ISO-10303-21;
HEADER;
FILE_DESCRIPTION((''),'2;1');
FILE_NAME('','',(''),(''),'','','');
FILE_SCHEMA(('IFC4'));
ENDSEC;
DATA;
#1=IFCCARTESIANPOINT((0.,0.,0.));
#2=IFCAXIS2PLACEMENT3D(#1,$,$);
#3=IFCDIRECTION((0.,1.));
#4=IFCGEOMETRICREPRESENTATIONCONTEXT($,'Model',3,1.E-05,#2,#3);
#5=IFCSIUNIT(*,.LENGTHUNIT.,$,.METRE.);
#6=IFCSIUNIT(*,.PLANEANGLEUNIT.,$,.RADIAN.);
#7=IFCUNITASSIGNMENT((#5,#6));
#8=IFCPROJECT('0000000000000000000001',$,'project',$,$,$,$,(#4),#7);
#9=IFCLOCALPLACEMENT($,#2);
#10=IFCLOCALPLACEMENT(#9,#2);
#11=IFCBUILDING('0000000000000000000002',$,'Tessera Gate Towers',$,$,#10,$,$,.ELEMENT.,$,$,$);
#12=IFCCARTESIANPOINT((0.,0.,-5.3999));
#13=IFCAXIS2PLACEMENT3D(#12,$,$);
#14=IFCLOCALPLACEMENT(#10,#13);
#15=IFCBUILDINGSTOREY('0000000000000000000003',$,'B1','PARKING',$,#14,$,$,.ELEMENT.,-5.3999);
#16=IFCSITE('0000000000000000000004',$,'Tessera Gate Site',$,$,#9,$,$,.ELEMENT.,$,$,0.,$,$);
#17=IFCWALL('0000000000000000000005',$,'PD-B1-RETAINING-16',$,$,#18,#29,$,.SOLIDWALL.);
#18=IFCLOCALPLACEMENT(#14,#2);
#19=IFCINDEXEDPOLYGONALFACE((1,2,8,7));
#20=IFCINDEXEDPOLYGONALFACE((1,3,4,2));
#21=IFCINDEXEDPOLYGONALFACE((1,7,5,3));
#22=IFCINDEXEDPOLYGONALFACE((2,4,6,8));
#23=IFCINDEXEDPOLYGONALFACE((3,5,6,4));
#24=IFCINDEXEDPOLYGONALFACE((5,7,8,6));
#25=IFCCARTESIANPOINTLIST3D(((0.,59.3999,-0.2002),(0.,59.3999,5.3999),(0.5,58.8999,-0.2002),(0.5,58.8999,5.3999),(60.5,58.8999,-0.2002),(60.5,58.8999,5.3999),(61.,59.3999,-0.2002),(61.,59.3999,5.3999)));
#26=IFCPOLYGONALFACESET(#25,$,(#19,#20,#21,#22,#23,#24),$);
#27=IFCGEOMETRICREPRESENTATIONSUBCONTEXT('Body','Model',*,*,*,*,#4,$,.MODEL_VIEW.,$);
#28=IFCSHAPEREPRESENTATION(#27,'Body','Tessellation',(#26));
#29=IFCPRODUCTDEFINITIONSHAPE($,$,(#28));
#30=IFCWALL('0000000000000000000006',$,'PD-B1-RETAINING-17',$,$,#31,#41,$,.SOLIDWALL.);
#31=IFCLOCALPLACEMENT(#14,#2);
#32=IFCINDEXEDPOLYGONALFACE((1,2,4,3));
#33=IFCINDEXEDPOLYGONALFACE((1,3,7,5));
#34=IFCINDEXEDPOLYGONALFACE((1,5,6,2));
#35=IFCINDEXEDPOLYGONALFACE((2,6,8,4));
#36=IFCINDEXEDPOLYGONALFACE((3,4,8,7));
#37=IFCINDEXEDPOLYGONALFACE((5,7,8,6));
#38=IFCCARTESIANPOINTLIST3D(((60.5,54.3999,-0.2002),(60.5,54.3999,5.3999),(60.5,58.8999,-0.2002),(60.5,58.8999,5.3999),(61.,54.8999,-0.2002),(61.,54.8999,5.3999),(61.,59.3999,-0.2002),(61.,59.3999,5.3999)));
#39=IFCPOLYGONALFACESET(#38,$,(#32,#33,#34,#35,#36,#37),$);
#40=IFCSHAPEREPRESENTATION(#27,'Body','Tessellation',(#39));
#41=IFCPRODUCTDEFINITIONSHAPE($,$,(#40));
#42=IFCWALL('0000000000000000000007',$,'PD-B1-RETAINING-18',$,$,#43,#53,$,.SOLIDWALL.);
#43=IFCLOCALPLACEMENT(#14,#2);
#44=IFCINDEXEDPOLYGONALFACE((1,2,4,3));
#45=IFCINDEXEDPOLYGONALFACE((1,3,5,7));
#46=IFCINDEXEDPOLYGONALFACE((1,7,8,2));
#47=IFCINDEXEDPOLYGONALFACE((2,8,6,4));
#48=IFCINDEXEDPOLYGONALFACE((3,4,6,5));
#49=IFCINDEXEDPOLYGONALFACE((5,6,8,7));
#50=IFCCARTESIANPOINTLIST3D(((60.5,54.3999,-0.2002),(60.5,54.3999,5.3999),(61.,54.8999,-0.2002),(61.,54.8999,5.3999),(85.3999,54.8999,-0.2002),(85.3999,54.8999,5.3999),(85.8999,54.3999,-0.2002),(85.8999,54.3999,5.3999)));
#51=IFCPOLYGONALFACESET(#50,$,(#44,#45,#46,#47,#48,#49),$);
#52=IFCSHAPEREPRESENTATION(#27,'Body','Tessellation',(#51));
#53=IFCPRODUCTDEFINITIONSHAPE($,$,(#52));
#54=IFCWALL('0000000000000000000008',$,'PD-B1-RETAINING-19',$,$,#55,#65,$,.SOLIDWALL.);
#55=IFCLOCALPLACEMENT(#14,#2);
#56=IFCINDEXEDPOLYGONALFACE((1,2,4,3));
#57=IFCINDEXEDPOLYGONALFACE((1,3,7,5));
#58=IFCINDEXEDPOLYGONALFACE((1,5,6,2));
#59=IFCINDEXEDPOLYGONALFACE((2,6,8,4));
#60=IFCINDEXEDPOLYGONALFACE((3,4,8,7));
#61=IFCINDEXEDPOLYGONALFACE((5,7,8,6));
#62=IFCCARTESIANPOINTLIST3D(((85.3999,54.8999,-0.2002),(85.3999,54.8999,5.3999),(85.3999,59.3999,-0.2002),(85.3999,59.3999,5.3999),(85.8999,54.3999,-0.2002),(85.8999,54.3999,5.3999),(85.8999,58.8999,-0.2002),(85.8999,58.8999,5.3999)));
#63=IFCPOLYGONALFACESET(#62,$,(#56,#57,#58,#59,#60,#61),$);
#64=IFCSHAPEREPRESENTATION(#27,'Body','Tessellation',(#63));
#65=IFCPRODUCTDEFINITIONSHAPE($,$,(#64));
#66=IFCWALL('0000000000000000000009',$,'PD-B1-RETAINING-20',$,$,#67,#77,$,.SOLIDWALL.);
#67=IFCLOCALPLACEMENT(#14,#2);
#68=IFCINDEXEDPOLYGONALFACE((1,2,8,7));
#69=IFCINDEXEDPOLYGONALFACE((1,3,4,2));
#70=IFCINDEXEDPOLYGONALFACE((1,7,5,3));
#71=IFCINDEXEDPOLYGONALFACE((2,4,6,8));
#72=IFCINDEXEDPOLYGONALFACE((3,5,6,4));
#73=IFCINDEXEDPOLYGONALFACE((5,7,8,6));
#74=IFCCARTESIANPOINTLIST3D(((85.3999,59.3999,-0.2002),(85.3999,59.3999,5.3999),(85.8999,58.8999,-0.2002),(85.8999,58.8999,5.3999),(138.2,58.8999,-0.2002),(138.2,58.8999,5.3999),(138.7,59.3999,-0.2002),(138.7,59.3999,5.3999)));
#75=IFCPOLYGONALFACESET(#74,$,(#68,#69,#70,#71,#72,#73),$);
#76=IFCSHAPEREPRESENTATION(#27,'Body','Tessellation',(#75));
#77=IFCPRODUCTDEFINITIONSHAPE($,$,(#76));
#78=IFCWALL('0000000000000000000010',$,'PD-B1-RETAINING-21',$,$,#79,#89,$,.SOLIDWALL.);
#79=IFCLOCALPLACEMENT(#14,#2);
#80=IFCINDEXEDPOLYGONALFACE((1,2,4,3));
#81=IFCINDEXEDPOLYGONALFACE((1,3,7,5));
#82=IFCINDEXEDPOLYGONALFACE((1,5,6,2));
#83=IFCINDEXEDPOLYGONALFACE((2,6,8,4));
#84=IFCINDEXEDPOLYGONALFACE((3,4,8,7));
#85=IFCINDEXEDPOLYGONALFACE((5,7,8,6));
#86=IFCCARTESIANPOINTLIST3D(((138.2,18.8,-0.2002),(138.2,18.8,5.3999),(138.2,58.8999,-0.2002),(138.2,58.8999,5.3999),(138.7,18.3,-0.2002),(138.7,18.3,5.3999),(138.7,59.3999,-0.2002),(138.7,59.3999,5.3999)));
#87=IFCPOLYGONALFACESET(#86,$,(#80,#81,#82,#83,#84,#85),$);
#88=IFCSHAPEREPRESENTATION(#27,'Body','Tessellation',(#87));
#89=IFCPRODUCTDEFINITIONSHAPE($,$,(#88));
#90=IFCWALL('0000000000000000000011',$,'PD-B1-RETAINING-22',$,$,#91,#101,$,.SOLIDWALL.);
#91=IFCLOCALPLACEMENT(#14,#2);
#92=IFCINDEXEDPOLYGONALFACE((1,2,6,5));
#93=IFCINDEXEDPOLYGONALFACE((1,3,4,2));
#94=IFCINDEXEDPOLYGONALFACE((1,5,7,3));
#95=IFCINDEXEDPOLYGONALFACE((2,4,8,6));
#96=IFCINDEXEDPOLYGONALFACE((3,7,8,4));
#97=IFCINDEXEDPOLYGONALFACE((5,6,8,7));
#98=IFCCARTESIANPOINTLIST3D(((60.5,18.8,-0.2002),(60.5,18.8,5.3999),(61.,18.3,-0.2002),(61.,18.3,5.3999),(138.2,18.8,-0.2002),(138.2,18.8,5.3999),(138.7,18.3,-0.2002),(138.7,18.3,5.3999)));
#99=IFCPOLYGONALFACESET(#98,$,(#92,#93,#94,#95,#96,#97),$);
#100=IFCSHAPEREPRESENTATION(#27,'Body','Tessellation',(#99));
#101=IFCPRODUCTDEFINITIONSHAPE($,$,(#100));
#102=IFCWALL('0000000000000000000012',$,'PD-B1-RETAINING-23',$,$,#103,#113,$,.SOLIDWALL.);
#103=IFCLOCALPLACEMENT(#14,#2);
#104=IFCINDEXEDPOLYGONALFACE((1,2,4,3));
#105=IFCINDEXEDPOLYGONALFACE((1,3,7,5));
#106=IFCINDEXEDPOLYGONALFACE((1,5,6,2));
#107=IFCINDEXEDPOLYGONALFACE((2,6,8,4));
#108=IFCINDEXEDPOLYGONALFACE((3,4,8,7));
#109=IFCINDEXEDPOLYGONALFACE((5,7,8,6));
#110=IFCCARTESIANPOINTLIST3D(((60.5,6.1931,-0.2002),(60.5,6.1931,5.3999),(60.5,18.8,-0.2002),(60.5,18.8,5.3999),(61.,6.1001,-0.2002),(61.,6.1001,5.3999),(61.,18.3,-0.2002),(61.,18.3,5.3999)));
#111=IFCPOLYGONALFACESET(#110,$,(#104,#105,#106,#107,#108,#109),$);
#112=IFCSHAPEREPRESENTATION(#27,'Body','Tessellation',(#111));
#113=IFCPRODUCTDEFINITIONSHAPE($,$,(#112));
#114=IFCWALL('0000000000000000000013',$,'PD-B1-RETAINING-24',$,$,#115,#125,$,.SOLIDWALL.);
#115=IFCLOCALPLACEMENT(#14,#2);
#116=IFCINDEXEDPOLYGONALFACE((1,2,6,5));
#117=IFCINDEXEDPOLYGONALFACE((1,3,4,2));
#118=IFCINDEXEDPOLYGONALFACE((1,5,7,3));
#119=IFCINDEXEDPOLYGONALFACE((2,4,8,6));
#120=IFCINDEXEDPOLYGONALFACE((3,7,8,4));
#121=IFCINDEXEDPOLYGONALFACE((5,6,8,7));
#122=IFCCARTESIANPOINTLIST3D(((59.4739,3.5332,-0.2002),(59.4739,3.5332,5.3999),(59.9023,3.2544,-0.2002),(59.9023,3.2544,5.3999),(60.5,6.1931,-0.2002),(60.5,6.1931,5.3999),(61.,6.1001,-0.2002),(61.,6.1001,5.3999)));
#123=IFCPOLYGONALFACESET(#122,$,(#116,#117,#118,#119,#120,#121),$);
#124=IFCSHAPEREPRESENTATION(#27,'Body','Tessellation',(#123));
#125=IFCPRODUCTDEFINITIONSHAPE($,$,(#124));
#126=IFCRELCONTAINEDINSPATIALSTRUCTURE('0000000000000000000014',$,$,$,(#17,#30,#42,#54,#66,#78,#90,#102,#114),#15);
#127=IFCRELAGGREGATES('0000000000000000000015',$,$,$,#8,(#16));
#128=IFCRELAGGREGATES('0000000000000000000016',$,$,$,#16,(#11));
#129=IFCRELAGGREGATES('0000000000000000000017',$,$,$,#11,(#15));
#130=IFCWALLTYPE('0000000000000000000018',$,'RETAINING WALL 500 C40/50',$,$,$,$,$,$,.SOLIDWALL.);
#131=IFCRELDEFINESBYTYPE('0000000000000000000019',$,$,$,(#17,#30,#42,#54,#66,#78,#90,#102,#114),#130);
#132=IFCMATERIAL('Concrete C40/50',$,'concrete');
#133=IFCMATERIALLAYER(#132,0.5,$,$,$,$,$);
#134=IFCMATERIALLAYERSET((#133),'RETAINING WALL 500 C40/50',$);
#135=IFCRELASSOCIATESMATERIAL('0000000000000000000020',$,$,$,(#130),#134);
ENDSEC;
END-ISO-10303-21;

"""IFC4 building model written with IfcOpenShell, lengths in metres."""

from ifc_helpers import new_model, si_unit, direction, frame, origin, place, context, subcontext, project, spatial, polyline, outline, extrude, material, layer, layer_set, type_object, element, save


model = new_model("IFC4")

# Units and contexts
model_context = context("Model", 3, precision=1e-05, world=origin(), true_north=direction((0.0, 1.0)))
body_context = subcontext(model_context, "Body", "Model", "MODEL_VIEW")
ifc_project = project(units=[si_unit("LENGTHUNIT", "METRE"), si_unit("PLANEANGLEUNIT", "RADIAN")], contexts=[model_context])

# Site, building, storey
site_placement = place(None, origin())
site = spatial("IfcSite", under=ifc_project, at=site_placement, Name="Tessera Gate Site", CompositionType="ELEMENT", RefElevation=0.0)
building_placement = place(site_placement, origin())
building = spatial("IfcBuilding", under=site, at=building_placement, Name="Tessera Gate Towers", CompositionType="ELEMENT")
storey_placement = place(building_placement, frame((0.0, 0.0, -5.3999)))
storey = spatial("IfcBuildingStorey", under=building, at=storey_placement, Name="B1", Description="PARKING", CompositionType="ELEMENT", Elevation=-5.3999)

# Walls
ifc_material_1 = material(Name="Concrete C40/50", Category="concrete")
ifc_layer_1 = layer(ifc_material_1, 0.5)
ifc_layer_set_1 = layer_set([ifc_layer_1], Name="RETAINING WALL 500 C40/50")
wall_type = type_object("IfcWallType", Name="RETAINING WALL 500 C40/50", PredefinedType="SOLIDWALL", material=ifc_layer_set_1)
wall_1_placement = place(storey_placement, frame((0.0, 0.0, -0.2002)))
element("IfcWall", 1, at=wall_1_placement, inside=storey, type_object=wall_type, Name="PD-B1-RETAINING-16", PredefinedType="SOLIDWALL", context=body_context, shape_type="SweptSolid", body=[
    extrude(outline(polyline([(0.0, 59.3999), (0.5, 58.8999), (60.5, 58.8999), (61.0, 59.3999), (0.0, 59.3999)])), origin(), (0.0, 0.0, 1.0), 5.6001),
])
wall_2_placement = place(storey_placement, frame((0.0, 0.0, -0.2002)))
element("IfcWall", 2, at=wall_2_placement, inside=storey, type_object=wall_type, Name="PD-B1-RETAINING-17", PredefinedType="SOLIDWALL", context=body_context, shape_type="SweptSolid", body=[
    extrude(outline(polyline([(60.5, 54.3999), (61.0, 54.8999), (61.0, 59.3999), (60.5, 58.8999), (60.5, 54.3999)])), origin(), (0.0, 0.0, 1.0), 5.6001),
])
wall_3_placement = place(storey_placement, frame((0.0, 0.0, -0.2002)))
element("IfcWall", 3, at=wall_3_placement, inside=storey, type_object=wall_type, Name="PD-B1-RETAINING-18", PredefinedType="SOLIDWALL", context=body_context, shape_type="SweptSolid", body=[
    extrude(outline(polyline([(60.5, 54.3999), (85.8999, 54.3999), (85.3999, 54.8999), (61.0, 54.8999), (60.5, 54.3999)])), origin(), (0.0, 0.0, 1.0), 5.6001),
])
wall_4_placement = place(storey_placement, frame((0.0, 0.0, -0.2002)))
element("IfcWall", 4, at=wall_4_placement, inside=storey, type_object=wall_type, Name="PD-B1-RETAINING-19", PredefinedType="SOLIDWALL", context=body_context, shape_type="SweptSolid", body=[
    extrude(outline(polyline([(85.3999, 54.8999), (85.8999, 54.3999), (85.8999, 58.8999), (85.3999, 59.3999), (85.3999, 54.8999)])), origin(), (0.0, 0.0, 1.0), 5.6001),
])
wall_5_placement = place(storey_placement, frame((0.0, 0.0, -0.2002)))
element("IfcWall", 5, at=wall_5_placement, inside=storey, type_object=wall_type, Name="PD-B1-RETAINING-20", PredefinedType="SOLIDWALL", context=body_context, shape_type="SweptSolid", body=[
    extrude(outline(polyline([(85.3999, 59.3999), (85.8999, 58.8999), (138.2, 58.8999), (138.7, 59.3999), (85.3999, 59.3999)])), origin(), (0.0, 0.0, 1.0), 5.6001),
])
wall_6_placement = place(storey_placement, frame((0.0, 0.0, -0.2002)))
element("IfcWall", 6, at=wall_6_placement, inside=storey, type_object=wall_type, Name="PD-B1-RETAINING-21", PredefinedType="SOLIDWALL", context=body_context, shape_type="SweptSolid", body=[
    extrude(outline(polyline([(138.2, 18.8), (138.7, 18.3), (138.7, 59.3999), (138.2, 58.8999), (138.2, 18.8)])), origin(), (0.0, 0.0, 1.0), 5.6001),
])
wall_7_placement = place(storey_placement, frame((0.0, 0.0, -0.2002)))
element("IfcWall", 7, at=wall_7_placement, inside=storey, type_object=wall_type, Name="PD-B1-RETAINING-22", PredefinedType="SOLIDWALL", context=body_context, shape_type="SweptSolid", body=[
    extrude(outline(polyline([(60.5, 18.8), (61.0, 18.3), (138.7, 18.3), (138.2, 18.8), (60.5, 18.8)])), origin(), (0.0, 0.0, 1.0), 5.6001),
])
wall_8_placement = place(storey_placement, frame((0.0, 0.0, -0.2002)))
element("IfcWall", 8, at=wall_8_placement, inside=storey, type_object=wall_type, Name="PD-B1-RETAINING-23", PredefinedType="SOLIDWALL", context=body_context, shape_type="SweptSolid", body=[
    extrude(outline(polyline([(60.5, 6.1931), (61.0, 6.1001), (61.0, 18.3), (60.5, 18.8), (60.5, 6.1931)])), origin(), (0.0, 0.0, 1.0), 5.6001),
])
wall_9_placement = place(storey_placement, frame((0.0, 0.0, -0.2002)))
element("IfcWall", 9, at=wall_9_placement, inside=storey, type_object=wall_type, Name="PD-B1-RETAINING-24", PredefinedType="SOLIDWALL", context=body_context, shape_type="SweptSolid", body=[
    extrude(outline(polyline([(59.4739, 3.5332), (59.9023, 3.2544), (61.0, 6.1001), (60.5, 6.1931), (59.4739, 3.5332)])), origin(), (0.0, 0.0, 1.0), 5.6001),
])

save(model, "model.ifc")
